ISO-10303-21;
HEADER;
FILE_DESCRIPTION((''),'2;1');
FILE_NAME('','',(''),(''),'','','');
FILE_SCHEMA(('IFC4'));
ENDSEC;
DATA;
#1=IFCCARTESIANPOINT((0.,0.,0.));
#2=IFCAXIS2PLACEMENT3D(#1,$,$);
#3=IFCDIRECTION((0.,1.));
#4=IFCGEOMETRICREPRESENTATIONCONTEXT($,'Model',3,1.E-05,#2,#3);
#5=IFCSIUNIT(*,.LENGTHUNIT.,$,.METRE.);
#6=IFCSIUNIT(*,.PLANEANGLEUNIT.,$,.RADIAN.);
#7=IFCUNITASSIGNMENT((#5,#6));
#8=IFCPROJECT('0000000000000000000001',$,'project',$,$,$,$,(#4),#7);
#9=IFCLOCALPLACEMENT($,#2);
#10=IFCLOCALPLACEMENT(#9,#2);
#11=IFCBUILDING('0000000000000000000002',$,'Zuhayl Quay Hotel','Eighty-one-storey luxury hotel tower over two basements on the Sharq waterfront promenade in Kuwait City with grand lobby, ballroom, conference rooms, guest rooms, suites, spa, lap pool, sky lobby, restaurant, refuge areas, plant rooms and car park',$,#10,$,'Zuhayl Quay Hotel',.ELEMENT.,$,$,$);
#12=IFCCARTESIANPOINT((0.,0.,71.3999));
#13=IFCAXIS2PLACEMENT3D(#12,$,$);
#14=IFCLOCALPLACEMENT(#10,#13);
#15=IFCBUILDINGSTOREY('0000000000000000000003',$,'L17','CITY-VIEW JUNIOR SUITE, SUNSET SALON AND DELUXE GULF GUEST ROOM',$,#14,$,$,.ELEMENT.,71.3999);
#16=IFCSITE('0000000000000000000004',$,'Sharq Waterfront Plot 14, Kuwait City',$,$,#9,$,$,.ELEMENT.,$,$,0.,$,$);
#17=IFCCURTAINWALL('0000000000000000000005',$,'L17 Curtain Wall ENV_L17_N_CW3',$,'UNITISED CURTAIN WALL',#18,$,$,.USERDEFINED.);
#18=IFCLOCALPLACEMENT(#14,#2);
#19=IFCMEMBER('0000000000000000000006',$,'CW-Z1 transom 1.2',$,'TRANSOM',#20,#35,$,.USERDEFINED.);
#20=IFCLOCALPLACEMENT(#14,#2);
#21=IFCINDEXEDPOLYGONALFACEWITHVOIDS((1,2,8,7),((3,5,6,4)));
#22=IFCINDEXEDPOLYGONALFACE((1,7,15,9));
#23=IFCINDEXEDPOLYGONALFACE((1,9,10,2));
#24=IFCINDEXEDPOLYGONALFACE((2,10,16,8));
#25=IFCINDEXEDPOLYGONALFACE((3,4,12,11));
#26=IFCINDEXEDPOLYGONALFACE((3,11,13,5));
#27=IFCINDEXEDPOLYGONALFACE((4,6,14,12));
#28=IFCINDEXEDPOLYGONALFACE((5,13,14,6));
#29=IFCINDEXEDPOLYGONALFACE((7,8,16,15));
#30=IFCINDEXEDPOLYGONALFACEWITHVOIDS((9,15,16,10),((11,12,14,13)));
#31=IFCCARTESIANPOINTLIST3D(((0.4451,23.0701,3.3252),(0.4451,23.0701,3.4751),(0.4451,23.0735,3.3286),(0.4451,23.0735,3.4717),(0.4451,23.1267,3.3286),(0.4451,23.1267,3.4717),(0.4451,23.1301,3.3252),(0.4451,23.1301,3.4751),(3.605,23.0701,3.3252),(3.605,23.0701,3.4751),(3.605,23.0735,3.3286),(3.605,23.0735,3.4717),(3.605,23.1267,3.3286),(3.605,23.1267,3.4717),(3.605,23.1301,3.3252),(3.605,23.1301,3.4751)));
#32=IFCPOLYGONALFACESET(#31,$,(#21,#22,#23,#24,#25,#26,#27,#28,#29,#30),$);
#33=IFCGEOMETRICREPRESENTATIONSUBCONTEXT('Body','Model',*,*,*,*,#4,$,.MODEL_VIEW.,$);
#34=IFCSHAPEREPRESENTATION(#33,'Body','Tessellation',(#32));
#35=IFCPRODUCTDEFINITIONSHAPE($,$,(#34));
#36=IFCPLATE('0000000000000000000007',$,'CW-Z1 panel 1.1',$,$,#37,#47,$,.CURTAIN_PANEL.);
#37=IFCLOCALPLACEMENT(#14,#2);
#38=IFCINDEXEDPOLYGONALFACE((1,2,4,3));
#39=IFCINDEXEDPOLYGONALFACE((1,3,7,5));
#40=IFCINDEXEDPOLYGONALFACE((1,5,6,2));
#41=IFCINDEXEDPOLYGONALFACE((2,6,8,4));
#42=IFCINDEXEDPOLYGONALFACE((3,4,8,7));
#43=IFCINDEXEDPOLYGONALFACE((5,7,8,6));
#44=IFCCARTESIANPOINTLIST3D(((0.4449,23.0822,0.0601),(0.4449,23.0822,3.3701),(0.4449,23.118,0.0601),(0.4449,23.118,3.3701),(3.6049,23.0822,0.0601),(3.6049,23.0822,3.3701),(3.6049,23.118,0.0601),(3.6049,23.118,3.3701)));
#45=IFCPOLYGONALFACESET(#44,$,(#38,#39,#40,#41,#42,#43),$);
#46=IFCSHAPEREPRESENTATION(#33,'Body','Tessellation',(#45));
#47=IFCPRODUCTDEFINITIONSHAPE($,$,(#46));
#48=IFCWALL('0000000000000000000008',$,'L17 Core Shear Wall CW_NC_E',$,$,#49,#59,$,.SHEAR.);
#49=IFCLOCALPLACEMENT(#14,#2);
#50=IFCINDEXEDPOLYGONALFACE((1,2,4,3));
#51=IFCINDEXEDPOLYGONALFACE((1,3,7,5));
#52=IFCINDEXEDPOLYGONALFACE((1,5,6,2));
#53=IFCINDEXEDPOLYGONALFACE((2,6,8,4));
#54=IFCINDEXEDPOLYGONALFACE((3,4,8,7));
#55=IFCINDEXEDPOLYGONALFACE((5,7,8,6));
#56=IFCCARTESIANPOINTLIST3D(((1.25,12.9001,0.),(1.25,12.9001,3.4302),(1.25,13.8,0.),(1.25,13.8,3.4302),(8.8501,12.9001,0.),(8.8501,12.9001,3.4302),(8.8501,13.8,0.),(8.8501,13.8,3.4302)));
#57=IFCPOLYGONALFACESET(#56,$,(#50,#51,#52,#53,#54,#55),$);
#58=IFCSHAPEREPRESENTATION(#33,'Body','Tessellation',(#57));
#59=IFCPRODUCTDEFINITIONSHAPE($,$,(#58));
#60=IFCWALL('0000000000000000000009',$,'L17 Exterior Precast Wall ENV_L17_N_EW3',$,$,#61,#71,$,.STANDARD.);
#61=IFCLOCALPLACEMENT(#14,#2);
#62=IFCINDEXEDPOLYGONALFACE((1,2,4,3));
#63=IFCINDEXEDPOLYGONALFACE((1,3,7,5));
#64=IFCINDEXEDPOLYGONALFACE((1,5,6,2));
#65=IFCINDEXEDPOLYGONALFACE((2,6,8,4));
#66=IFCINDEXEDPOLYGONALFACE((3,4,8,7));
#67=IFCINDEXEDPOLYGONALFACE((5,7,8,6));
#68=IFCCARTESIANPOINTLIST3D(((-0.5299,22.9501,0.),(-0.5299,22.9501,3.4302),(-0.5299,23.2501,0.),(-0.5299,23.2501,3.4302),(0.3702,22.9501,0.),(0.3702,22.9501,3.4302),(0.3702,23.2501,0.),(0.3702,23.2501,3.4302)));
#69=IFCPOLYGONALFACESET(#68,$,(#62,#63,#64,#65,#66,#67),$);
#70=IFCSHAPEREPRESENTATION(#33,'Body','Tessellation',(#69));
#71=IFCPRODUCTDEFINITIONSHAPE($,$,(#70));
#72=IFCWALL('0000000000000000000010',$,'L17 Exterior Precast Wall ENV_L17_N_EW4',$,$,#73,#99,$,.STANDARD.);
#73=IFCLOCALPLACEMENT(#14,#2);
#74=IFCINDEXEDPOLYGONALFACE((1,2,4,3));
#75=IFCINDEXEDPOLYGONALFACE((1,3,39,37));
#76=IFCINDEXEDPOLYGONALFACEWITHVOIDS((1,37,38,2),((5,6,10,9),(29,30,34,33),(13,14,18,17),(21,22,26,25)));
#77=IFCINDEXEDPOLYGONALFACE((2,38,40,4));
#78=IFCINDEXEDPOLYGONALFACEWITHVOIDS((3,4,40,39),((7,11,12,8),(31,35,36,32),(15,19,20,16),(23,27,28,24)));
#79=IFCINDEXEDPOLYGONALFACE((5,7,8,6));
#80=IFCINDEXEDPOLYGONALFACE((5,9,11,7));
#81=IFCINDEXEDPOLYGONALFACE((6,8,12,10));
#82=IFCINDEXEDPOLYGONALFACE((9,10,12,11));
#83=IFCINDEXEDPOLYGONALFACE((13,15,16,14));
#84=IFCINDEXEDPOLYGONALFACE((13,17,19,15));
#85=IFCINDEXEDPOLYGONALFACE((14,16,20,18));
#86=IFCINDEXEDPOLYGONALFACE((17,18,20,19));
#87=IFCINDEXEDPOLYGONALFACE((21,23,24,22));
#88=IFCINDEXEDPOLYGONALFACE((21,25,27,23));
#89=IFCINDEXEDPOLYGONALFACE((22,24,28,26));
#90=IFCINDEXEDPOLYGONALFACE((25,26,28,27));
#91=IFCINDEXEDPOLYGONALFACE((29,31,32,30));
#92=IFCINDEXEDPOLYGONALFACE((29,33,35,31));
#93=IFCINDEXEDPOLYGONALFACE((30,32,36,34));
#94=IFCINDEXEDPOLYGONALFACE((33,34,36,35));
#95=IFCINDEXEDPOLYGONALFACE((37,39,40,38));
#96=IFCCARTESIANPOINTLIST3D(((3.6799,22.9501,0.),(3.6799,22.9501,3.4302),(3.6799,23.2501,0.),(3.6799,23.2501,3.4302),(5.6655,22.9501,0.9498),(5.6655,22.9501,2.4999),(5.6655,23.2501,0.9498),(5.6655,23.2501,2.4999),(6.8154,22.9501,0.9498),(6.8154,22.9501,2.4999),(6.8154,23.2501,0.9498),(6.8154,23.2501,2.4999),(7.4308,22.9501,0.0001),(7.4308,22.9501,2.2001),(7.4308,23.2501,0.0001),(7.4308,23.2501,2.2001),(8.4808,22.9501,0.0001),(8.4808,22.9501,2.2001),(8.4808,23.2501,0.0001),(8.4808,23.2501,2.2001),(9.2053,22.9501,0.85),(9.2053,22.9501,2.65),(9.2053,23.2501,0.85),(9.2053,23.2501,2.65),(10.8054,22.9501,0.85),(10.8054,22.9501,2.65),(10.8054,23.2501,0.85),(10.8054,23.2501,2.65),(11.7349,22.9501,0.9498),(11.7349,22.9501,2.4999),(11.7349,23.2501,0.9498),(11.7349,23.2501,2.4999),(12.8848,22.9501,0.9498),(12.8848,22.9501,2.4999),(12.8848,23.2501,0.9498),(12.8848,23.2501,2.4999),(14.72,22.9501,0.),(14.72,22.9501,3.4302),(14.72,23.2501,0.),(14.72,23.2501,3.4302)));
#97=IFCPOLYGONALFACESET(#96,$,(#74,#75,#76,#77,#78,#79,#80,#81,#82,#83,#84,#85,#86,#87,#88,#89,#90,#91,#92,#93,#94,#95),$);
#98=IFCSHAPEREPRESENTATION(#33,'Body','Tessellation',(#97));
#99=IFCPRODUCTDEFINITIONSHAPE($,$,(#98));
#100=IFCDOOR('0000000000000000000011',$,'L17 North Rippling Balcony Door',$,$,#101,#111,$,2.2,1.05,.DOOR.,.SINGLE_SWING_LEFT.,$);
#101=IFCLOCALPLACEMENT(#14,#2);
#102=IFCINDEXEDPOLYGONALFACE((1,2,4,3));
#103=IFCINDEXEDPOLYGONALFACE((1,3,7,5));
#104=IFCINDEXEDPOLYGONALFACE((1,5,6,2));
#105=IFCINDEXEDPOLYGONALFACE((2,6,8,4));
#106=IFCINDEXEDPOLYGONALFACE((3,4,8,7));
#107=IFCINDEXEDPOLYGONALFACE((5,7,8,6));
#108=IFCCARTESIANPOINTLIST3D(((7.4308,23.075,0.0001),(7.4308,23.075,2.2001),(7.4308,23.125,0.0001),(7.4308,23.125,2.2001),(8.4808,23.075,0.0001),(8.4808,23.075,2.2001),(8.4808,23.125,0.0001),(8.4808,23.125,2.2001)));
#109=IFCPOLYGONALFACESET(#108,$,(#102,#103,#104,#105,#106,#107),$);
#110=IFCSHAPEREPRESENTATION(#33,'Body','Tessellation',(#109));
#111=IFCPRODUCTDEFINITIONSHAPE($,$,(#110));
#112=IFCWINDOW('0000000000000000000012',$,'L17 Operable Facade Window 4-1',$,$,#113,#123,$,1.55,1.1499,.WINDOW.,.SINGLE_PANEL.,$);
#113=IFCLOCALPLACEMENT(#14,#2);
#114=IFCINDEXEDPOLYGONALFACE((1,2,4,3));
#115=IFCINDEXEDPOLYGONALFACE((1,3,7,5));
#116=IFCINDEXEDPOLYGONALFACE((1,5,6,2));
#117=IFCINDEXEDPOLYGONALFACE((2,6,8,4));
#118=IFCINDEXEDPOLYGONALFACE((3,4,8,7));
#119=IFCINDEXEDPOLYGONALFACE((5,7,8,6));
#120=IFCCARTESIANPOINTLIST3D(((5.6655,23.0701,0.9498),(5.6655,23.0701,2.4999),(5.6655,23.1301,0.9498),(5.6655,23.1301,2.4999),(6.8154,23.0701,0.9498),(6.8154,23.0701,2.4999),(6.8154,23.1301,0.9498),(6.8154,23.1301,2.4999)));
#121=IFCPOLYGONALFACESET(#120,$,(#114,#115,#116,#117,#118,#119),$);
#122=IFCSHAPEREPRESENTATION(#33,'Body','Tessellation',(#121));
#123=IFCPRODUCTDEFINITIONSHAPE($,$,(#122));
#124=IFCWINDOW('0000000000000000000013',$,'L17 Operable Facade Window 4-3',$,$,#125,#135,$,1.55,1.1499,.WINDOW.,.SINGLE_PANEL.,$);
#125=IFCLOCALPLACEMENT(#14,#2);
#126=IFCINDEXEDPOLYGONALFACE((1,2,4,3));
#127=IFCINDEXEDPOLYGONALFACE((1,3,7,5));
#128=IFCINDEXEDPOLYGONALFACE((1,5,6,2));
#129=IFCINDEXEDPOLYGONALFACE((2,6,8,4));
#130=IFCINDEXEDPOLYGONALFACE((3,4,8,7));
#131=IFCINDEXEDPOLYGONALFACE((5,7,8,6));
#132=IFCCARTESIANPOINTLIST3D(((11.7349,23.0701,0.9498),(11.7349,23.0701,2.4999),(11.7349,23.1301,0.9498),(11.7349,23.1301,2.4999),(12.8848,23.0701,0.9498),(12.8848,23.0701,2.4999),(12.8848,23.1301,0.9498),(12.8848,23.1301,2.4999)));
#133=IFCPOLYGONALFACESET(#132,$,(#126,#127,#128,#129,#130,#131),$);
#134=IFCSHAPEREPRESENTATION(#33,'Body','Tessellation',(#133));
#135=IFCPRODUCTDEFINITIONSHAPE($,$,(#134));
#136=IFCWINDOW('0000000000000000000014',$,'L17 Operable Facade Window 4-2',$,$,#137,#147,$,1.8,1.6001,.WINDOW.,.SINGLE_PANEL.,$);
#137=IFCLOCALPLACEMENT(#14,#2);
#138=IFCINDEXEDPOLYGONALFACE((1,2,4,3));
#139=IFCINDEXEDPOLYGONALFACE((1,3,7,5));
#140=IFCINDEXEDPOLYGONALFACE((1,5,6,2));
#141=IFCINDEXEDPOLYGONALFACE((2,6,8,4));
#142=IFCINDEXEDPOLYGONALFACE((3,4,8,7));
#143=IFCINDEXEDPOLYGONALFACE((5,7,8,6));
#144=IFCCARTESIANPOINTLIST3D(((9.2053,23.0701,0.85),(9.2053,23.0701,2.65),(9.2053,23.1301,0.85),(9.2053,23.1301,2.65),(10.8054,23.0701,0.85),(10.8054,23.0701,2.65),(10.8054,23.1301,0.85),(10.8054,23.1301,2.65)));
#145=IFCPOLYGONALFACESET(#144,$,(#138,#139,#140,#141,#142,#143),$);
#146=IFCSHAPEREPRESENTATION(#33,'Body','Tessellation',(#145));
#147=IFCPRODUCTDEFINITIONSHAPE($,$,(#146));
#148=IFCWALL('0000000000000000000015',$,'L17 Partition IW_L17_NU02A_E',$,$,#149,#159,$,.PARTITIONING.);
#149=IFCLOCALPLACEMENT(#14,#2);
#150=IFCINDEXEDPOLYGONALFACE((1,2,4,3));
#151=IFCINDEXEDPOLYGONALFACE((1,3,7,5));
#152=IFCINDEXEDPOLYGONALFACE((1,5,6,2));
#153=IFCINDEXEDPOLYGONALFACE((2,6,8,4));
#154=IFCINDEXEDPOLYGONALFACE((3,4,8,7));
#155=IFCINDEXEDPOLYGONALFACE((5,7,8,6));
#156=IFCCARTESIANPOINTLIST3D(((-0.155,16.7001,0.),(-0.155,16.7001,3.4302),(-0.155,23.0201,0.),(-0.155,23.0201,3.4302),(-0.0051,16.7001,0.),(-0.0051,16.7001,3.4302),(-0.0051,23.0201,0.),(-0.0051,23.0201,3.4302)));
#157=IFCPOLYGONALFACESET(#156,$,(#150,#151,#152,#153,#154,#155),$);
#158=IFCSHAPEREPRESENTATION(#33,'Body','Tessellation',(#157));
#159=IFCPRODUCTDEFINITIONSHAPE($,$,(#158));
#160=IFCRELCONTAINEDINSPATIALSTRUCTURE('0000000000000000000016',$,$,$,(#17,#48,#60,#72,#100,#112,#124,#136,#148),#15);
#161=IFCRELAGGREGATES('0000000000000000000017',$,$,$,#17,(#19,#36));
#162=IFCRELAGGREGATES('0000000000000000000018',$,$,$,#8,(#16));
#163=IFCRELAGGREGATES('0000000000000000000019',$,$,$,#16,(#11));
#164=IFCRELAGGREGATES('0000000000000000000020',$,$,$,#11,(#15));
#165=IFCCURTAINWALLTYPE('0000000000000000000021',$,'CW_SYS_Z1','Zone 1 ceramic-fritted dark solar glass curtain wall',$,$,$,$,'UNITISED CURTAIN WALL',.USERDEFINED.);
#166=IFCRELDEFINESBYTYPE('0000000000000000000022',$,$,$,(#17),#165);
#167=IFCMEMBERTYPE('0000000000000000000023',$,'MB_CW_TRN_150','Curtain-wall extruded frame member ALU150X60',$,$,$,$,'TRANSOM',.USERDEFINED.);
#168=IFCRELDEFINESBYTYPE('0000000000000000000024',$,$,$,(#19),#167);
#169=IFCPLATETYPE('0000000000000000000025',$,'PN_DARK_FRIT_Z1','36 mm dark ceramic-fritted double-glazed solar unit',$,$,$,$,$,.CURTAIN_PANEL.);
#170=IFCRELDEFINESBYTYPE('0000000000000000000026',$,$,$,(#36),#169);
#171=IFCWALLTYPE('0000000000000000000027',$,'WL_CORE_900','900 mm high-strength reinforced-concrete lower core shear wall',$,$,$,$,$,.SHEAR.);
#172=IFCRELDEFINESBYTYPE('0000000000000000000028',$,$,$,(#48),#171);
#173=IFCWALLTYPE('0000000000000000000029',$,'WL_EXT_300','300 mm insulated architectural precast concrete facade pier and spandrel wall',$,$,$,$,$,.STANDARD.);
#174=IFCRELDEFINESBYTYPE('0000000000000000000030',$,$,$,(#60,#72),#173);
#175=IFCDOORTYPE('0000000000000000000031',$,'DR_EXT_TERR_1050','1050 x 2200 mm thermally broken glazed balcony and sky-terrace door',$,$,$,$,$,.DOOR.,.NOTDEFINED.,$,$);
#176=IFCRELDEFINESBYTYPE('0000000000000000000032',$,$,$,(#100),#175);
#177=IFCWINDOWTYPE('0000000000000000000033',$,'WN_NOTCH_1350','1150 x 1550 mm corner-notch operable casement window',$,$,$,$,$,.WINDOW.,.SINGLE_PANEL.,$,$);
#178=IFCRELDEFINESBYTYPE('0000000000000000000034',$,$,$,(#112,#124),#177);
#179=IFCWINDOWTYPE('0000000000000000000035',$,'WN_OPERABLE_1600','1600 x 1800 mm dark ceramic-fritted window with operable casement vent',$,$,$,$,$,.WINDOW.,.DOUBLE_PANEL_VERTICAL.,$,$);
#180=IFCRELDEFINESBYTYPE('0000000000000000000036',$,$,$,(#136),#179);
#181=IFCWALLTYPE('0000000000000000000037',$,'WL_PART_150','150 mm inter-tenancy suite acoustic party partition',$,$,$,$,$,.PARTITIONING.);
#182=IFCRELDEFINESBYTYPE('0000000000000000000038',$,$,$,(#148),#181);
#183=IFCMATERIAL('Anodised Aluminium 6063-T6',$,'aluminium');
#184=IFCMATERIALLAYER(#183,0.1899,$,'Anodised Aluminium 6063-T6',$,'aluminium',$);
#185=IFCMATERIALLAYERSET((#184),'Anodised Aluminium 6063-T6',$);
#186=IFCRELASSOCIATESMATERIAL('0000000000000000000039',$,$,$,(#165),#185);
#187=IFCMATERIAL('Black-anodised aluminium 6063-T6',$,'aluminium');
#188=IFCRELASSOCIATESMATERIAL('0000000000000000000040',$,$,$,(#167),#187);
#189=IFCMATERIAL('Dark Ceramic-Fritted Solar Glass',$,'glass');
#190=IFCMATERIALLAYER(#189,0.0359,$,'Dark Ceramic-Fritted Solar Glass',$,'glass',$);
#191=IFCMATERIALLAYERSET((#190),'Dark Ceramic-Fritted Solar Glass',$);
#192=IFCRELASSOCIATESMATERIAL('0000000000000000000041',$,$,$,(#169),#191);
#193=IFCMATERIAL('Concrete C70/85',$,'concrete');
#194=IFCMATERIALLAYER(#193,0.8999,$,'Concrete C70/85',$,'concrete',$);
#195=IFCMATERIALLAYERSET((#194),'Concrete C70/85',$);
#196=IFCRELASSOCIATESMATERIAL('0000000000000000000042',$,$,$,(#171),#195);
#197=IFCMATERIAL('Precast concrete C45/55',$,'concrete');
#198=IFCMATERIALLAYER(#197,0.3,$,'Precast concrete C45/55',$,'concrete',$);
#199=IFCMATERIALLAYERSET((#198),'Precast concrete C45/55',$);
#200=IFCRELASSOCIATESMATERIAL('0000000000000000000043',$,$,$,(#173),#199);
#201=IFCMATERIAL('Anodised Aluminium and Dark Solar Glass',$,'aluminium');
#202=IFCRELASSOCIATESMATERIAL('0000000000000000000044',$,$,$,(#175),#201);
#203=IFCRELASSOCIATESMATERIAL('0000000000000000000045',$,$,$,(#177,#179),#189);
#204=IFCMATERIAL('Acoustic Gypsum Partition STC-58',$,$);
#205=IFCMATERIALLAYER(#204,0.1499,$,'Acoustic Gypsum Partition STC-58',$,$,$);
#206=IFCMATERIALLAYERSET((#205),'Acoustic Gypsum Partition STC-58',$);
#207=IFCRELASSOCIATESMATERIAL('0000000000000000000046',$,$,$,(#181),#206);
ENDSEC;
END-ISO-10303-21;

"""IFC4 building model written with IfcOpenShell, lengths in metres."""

from ifc_helpers import new_model, si_unit, direction, frame, frame_2d, origin, origin_2d, place, context, subcontext, project, spatial, rectangle, hollow_rectangle, extrude, material, layer, layer_set, material_profile, profile_set, type_object, element, fill, aggregate, save


model = new_model("IFC4")

# Units and contexts
model_context = context("Model", 3, precision=1e-05, world=origin(), true_north=direction((0.0, 1.0)))
body_context = subcontext(model_context, "Body", "Model", "MODEL_VIEW")
ifc_project = project(units=[si_unit("LENGTHUNIT", "METRE"), si_unit("PLANEANGLEUNIT", "RADIAN")], contexts=[model_context])

# Site, building, storey
site_placement = place(None, origin())
site = spatial("IfcSite", under=ifc_project, at=site_placement, Name="Sharq Waterfront Plot 14, Kuwait City", CompositionType="ELEMENT", RefElevation=0.0)
building_placement = place(site_placement, origin())
building = spatial("IfcBuilding", under=site, at=building_placement, Name="Zuhayl Quay Hotel", Description="Eighty-one-storey luxury hotel tower over two basements on the Sharq waterfront promenade in Kuwait City with grand lobby, ballroom, conference rooms, guest rooms, suites, spa, lap pool, sky lobby, restaurant, refuge areas, plant rooms and car park", LongName="Zuhayl Quay Hotel", CompositionType="ELEMENT")
storey_placement = place(building_placement, frame((0.0, 0.0, 71.3999)))
storey = spatial("IfcBuildingStorey", under=building, at=storey_placement, Name="L17", Description="CITY-VIEW JUNIOR SUITE, SUNSET SALON AND DELUXE GULF GUEST ROOM", CompositionType="ELEMENT", Elevation=71.3999)

# Shared definitions
ifc_material_1 = material(Name="Concrete C70/85", Category="concrete")

# Shared definitions
ifc_material_2 = material(Name="Anodised Aluminium 6063-T6", Category="aluminium")
ifc_layer_1 = layer(ifc_material_2, 0.1899, Name="Anodised Aluminium 6063-T6", Category="aluminium")
ifc_layer_set_1 = layer_set([ifc_layer_1], Name="Anodised Aluminium 6063-T6")
curtain_wall_type = type_object("IfcCurtainWallType", Name="CW_SYS_Z1", Description="Zone 1 ceramic-fritted dark solar glass curtain wall", ElementType="UNITISED CURTAIN WALL", PredefinedType="USERDEFINED", material=ifc_layer_set_1)
ifc_material_3 = material(Name="Black-anodised aluminium 6063-T6", Category="aluminium")

# Curtain wall, member, plate
curtain_wall_1_placement = place(storey_placement, origin())
curtain_wall_1 = element("IfcCurtainWall", 1, at=curtain_wall_1_placement, inside=storey, type_object=curtain_wall_type, Name="L17 Curtain Wall ENV_L17_N_CW3", ObjectType="UNITISED CURTAIN WALL", PredefinedType="USERDEFINED")
ifc_material_profile_1 = material_profile(ifc_material_3, hollow_rectangle(XDim=0.0601, YDim=0.1499, WallThickness=0.0034, at=origin_2d()), Name="ALU150X60")
ifc_profile_set_1 = profile_set([ifc_material_profile_1], Name="Black-anodised aluminium 6063-T6")
member_type_1 = type_object("IfcMemberType", Name="MB_CW_TRN_150", Description="Curtain-wall extruded frame member ALU150X60", ElementType="TRANSOM", PredefinedType="USERDEFINED", material=ifc_profile_set_1)
member_1_placement = place(storey_placement, frame((0.4451, 23.1001, 3.4001), z_axis=(1.0, 0.0, 0.0), x_axis=(0.0, 1.0, 0.0)))
member_1 = element("IfcMember", 2, at=member_1_placement, type_object=member_type_1, Name="CW-Z1 transom 1.2", ObjectType="TRANSOM", PredefinedType="USERDEFINED", context=body_context, shape_type="SweptSolid", body=[
    extrude(hollow_rectangle(XDim=0.0601, YDim=0.1499, WallThickness=0.0034, at=origin_2d()), origin(), (0.0, 0.0, 1.0), 3.1599),
])
ifc_material_4 = material(Name="Dark Ceramic-Fritted Solar Glass", Category="glass")
ifc_layer_2 = layer(ifc_material_4, 0.0359, Name="Dark Ceramic-Fritted Solar Glass", Category="glass")
ifc_layer_set_2 = layer_set([ifc_layer_2], Name="Dark Ceramic-Fritted Solar Glass")
plate_type = type_object("IfcPlateType", Name="PN_DARK_FRIT_Z1", Description="36 mm dark ceramic-fritted double-glazed solar unit", PredefinedType="CURTAIN_PANEL", material=ifc_layer_set_2)
plate_placement = place(storey_placement, frame((2.0249, 23.1001, 0.0601), z_axis=(0.0, 0.0, 1.0), x_axis=(1.0, 0.0, 0.0)))
plate = element("IfcPlate", 3, at=plate_placement, type_object=plate_type, Name="CW-Z1 panel 1.1", PredefinedType="CURTAIN_PANEL", context=body_context, shape_type="SweptSolid", body=[
    extrude(rectangle(XDim=3.1599, YDim=0.0359, at=origin_2d()), origin(), (0.0, 0.0, 1.0), 3.3101),
])
aggregate(curtain_wall_1, [member_1, plate])

# Walls
ifc_layer_3 = layer(ifc_material_1, 0.8999, Name="Concrete C70/85", Category="concrete")
ifc_layer_set_3 = layer_set([ifc_layer_3], Name="Concrete C70/85")
wall_type_1 = type_object("IfcWallType", Name="WL_CORE_900", Description="900 mm high-strength reinforced-concrete lower core shear wall", PredefinedType="SHEAR", material=ifc_layer_set_3)
wall_1_placement = place(storey_placement, frame((1.25, 13.3501, 0.0), z_axis=(0.0, 0.0, 1.0), x_axis=(1.0, 0.0, 0.0)))
element("IfcWall", 4, at=wall_1_placement, inside=storey, type_object=wall_type_1, Name="L17 Core Shear Wall CW_NC_E", PredefinedType="SHEAR", context=body_context, shape_type="SweptSolid", body=[
    extrude(rectangle(XDim=7.6001, YDim=0.8999, at=frame_2d((3.8, 0.0))), origin(), (0.0, 0.0, 1.0), 3.4302),
])
ifc_material_5 = material(Name="Precast concrete C45/55", Category="concrete")
ifc_layer_4 = layer(ifc_material_5, 0.3, Name="Precast concrete C45/55", Category="concrete")
ifc_layer_set_4 = layer_set([ifc_layer_4], Name="Precast concrete C45/55")
wall_type_2 = type_object("IfcWallType", Name="WL_EXT_300", Description="300 mm insulated architectural precast concrete facade pier and spandrel wall", PredefinedType="STANDARD", material=ifc_layer_set_4)
wall_2_placement = place(storey_placement, frame((-0.53, 23.1001, 0.0), z_axis=(0.0, 0.0, 1.0), x_axis=(1.0, 0.0, 0.0)))
element("IfcWall", 5, at=wall_2_placement, inside=storey, type_object=wall_type_2, Name="L17 Exterior Precast Wall ENV_L17_N_EW3", PredefinedType="STANDARD", context=body_context, shape_type="SweptSolid", body=[
    extrude(rectangle(XDim=0.9001, YDim=0.3, at=frame_2d((0.4502, 0.0))), origin(), (0.0, 0.0, 1.0), 3.4302),
])

# Wall, openings, door, windows
wall_3_placement = place(storey_placement, frame((3.6799, 23.1001, 0.0), z_axis=(0.0, 0.0, 1.0), x_axis=(1.0, 0.0, 0.0)))
wall_3 = element("IfcWall", 6, at=wall_3_placement, inside=storey, type_object=wall_type_2, Name="L17 Exterior Precast Wall ENV_L17_N_EW4", PredefinedType="STANDARD", context=body_context, shape_type="SweptSolid", body=[
    extrude(rectangle(XDim=11.04, YDim=0.3, at=frame_2d((5.52, 0.0))), origin(), (0.0, 0.0, 1.0), 3.4302),
])
opening_1_placement = place(wall_3_placement, frame((3.751, 0.0, 0.0)))
opening_1 = element("IfcOpeningElement", 7, at=opening_1_placement, cuts=wall_3, PredefinedType="OPENING", context=body_context, shape_type="SweptSolid", body=[
    extrude(rectangle(XDim=1.05, YDim=2.2, at=frame_2d((0.5249, 1.1001))), frame((0.0, 0.1599, 0.0), z_axis=(0.0, -1.0, 0.0), x_axis=(1.0, 0.0, 0.0)), (0.0, 0.0, 1.0), 0.3201),
])
opening_2_placement = place(wall_3_placement, frame((1.9856, 0.0, 0.95)))
opening_2 = element("IfcOpeningElement", 8, at=opening_2_placement, cuts=wall_3, PredefinedType="OPENING", context=body_context, shape_type="SweptSolid", body=[
    extrude(rectangle(XDim=1.1499, YDim=1.55, at=frame_2d((0.575, 0.7749))), frame((0.0, 0.1599, 0.0), z_axis=(0.0, -1.0, 0.0), x_axis=(1.0, 0.0, 0.0)), (0.0, 0.0, 1.0), 0.3201),
])
opening_3_placement = place(wall_3_placement, frame((5.5254, 0.0, 0.8501)))
opening_3 = element("IfcOpeningElement", 9, at=opening_3_placement, cuts=wall_3, PredefinedType="OPENING", context=body_context, shape_type="SweptSolid", body=[
    extrude(rectangle(XDim=1.6001, YDim=1.8, at=frame_2d((0.8, 0.8999))), frame((0.0, 0.1599, 0.0), z_axis=(0.0, -1.0, 0.0), x_axis=(1.0, 0.0, 0.0)), (0.0, 0.0, 1.0), 0.3201),
])
opening_4_placement = place(wall_3_placement, frame((8.0549, 0.0, 0.95)))
opening_4 = element("IfcOpeningElement", 10, at=opening_4_placement, cuts=wall_3, PredefinedType="OPENING", context=body_context, shape_type="SweptSolid", body=[
    extrude(rectangle(XDim=1.1499, YDim=1.55, at=frame_2d((0.575, 0.7749))), frame((0.0, 0.1599, 0.0), z_axis=(0.0, -1.0, 0.0), x_axis=(1.0, 0.0, 0.0)), (0.0, 0.0, 1.0), 0.3201),
])
ifc_material_6 = material(Name="Anodised Aluminium and Dark Solar Glass", Category="aluminium")
door_type_1 = type_object("IfcDoorType", Name="DR_EXT_TERR_1050", Description="1050 x 2200 mm thermally broken glazed balcony and sky-terrace door", OperationType="NOTDEFINED", PredefinedType="DOOR", material=ifc_material_6)
door_1_placement = place(opening_1_placement, origin())
door_1 = element("IfcDoor", 11, at=door_1_placement, inside=storey, type_object=door_type_1, Name="L17 North Rippling Balcony Door", OperationType="SINGLE_SWING_LEFT", OverallHeight=2.2, OverallWidth=1.05, PredefinedType="DOOR", context=body_context, shape_type="SweptSolid", body=[
    extrude(rectangle(XDim=1.05, YDim=2.2, at=frame_2d((0.5249, 1.1001))), frame((0.0, 0.0249, 0.0), z_axis=(0.0, -1.0, 0.0), x_axis=(1.0, 0.0, 0.0)), (0.0, 0.0, 1.0), 0.05),
])
fill(opening_1, door_1)
window_type_1 = type_object("IfcWindowType", Name="WN_NOTCH_1350", Description="1150 x 1550 mm corner-notch operable casement window", PartitioningType="SINGLE_PANEL", PredefinedType="WINDOW", material=ifc_material_4)
window_1_placement = place(opening_2_placement, origin())
window_1 = element("IfcWindow", 12, at=window_1_placement, inside=storey, type_object=window_type_1, Name="L17 Operable Facade Window 4-1", OverallHeight=1.55, OverallWidth=1.1499, PartitioningType="SINGLE_PANEL", PredefinedType="WINDOW", context=body_context, shape_type="SweptSolid", body=[
    extrude(rectangle(XDim=1.1499, YDim=1.55, at=frame_2d((0.575, 0.7749))), frame((0.0, 0.03, 0.0), z_axis=(0.0, -1.0, 0.0), x_axis=(1.0, 0.0, 0.0)), (0.0, 0.0, 1.0), 0.0601),
])
fill(opening_2, window_1)
window_2_placement = place(opening_4_placement, origin())
window_2 = element("IfcWindow", 13, at=window_2_placement, inside=storey, type_object=window_type_1, Name="L17 Operable Facade Window 4-3", OverallHeight=1.55, OverallWidth=1.1499, PartitioningType="SINGLE_PANEL", PredefinedType="WINDOW", context=body_context, shape_type="SweptSolid", body=[
    extrude(rectangle(XDim=1.1499, YDim=1.55, at=frame_2d((0.575, 0.7749))), frame((0.0, 0.03, 0.0), z_axis=(0.0, -1.0, 0.0), x_axis=(1.0, 0.0, 0.0)), (0.0, 0.0, 1.0), 0.0601),
])
fill(opening_4, window_2)
window_type_2 = type_object("IfcWindowType", Name="WN_OPERABLE_1600", Description="1600 x 1800 mm dark ceramic-fritted window with operable casement vent", PartitioningType="DOUBLE_PANEL_VERTICAL", PredefinedType="WINDOW", material=ifc_material_4)
window_3_placement = place(opening_3_placement, origin())
window_3 = element("IfcWindow", 14, at=window_3_placement, inside=storey, type_object=window_type_2, Name="L17 Operable Facade Window 4-2", OverallHeight=1.8, OverallWidth=1.6001, PartitioningType="SINGLE_PANEL", PredefinedType="WINDOW", context=body_context, shape_type="SweptSolid", body=[
    extrude(rectangle(XDim=1.6001, YDim=1.8, at=frame_2d((0.8, 0.8999))), frame((0.0, 0.03, 0.0), z_axis=(0.0, -1.0, 0.0), x_axis=(1.0, 0.0, 0.0)), (0.0, 0.0, 1.0), 0.0601),
])
fill(opening_3, window_3)

# Wall
ifc_material_7 = material(Name="Acoustic Gypsum Partition STC-58")
ifc_layer_5 = layer(ifc_material_7, 0.1499, Name="Acoustic Gypsum Partition STC-58")
ifc_layer_set_5 = layer_set([ifc_layer_5], Name="Acoustic Gypsum Partition STC-58")
wall_type_3 = type_object("IfcWallType", Name="WL_PART_150", Description="150 mm inter-tenancy suite acoustic party partition", PredefinedType="PARTITIONING", material=ifc_layer_set_5)
wall_4_placement = place(storey_placement, frame((-0.0801, 16.7, 0.0), z_axis=(0.0, 0.0, 1.0), x_axis=(0.0, 1.0, 0.0)))
element("IfcWall", 15, at=wall_4_placement, inside=storey, type_object=wall_type_3, Name="L17 Partition IW_L17_NU02A_E", PredefinedType="PARTITIONING", context=body_context, shape_type="SweptSolid", body=[
    extrude(rectangle(XDim=6.3201, YDim=0.1499, at=frame_2d((3.1602, 0.0))), origin(), (0.0, 0.0, 1.0), 3.4302),
])

save(model, "model.ifc")
